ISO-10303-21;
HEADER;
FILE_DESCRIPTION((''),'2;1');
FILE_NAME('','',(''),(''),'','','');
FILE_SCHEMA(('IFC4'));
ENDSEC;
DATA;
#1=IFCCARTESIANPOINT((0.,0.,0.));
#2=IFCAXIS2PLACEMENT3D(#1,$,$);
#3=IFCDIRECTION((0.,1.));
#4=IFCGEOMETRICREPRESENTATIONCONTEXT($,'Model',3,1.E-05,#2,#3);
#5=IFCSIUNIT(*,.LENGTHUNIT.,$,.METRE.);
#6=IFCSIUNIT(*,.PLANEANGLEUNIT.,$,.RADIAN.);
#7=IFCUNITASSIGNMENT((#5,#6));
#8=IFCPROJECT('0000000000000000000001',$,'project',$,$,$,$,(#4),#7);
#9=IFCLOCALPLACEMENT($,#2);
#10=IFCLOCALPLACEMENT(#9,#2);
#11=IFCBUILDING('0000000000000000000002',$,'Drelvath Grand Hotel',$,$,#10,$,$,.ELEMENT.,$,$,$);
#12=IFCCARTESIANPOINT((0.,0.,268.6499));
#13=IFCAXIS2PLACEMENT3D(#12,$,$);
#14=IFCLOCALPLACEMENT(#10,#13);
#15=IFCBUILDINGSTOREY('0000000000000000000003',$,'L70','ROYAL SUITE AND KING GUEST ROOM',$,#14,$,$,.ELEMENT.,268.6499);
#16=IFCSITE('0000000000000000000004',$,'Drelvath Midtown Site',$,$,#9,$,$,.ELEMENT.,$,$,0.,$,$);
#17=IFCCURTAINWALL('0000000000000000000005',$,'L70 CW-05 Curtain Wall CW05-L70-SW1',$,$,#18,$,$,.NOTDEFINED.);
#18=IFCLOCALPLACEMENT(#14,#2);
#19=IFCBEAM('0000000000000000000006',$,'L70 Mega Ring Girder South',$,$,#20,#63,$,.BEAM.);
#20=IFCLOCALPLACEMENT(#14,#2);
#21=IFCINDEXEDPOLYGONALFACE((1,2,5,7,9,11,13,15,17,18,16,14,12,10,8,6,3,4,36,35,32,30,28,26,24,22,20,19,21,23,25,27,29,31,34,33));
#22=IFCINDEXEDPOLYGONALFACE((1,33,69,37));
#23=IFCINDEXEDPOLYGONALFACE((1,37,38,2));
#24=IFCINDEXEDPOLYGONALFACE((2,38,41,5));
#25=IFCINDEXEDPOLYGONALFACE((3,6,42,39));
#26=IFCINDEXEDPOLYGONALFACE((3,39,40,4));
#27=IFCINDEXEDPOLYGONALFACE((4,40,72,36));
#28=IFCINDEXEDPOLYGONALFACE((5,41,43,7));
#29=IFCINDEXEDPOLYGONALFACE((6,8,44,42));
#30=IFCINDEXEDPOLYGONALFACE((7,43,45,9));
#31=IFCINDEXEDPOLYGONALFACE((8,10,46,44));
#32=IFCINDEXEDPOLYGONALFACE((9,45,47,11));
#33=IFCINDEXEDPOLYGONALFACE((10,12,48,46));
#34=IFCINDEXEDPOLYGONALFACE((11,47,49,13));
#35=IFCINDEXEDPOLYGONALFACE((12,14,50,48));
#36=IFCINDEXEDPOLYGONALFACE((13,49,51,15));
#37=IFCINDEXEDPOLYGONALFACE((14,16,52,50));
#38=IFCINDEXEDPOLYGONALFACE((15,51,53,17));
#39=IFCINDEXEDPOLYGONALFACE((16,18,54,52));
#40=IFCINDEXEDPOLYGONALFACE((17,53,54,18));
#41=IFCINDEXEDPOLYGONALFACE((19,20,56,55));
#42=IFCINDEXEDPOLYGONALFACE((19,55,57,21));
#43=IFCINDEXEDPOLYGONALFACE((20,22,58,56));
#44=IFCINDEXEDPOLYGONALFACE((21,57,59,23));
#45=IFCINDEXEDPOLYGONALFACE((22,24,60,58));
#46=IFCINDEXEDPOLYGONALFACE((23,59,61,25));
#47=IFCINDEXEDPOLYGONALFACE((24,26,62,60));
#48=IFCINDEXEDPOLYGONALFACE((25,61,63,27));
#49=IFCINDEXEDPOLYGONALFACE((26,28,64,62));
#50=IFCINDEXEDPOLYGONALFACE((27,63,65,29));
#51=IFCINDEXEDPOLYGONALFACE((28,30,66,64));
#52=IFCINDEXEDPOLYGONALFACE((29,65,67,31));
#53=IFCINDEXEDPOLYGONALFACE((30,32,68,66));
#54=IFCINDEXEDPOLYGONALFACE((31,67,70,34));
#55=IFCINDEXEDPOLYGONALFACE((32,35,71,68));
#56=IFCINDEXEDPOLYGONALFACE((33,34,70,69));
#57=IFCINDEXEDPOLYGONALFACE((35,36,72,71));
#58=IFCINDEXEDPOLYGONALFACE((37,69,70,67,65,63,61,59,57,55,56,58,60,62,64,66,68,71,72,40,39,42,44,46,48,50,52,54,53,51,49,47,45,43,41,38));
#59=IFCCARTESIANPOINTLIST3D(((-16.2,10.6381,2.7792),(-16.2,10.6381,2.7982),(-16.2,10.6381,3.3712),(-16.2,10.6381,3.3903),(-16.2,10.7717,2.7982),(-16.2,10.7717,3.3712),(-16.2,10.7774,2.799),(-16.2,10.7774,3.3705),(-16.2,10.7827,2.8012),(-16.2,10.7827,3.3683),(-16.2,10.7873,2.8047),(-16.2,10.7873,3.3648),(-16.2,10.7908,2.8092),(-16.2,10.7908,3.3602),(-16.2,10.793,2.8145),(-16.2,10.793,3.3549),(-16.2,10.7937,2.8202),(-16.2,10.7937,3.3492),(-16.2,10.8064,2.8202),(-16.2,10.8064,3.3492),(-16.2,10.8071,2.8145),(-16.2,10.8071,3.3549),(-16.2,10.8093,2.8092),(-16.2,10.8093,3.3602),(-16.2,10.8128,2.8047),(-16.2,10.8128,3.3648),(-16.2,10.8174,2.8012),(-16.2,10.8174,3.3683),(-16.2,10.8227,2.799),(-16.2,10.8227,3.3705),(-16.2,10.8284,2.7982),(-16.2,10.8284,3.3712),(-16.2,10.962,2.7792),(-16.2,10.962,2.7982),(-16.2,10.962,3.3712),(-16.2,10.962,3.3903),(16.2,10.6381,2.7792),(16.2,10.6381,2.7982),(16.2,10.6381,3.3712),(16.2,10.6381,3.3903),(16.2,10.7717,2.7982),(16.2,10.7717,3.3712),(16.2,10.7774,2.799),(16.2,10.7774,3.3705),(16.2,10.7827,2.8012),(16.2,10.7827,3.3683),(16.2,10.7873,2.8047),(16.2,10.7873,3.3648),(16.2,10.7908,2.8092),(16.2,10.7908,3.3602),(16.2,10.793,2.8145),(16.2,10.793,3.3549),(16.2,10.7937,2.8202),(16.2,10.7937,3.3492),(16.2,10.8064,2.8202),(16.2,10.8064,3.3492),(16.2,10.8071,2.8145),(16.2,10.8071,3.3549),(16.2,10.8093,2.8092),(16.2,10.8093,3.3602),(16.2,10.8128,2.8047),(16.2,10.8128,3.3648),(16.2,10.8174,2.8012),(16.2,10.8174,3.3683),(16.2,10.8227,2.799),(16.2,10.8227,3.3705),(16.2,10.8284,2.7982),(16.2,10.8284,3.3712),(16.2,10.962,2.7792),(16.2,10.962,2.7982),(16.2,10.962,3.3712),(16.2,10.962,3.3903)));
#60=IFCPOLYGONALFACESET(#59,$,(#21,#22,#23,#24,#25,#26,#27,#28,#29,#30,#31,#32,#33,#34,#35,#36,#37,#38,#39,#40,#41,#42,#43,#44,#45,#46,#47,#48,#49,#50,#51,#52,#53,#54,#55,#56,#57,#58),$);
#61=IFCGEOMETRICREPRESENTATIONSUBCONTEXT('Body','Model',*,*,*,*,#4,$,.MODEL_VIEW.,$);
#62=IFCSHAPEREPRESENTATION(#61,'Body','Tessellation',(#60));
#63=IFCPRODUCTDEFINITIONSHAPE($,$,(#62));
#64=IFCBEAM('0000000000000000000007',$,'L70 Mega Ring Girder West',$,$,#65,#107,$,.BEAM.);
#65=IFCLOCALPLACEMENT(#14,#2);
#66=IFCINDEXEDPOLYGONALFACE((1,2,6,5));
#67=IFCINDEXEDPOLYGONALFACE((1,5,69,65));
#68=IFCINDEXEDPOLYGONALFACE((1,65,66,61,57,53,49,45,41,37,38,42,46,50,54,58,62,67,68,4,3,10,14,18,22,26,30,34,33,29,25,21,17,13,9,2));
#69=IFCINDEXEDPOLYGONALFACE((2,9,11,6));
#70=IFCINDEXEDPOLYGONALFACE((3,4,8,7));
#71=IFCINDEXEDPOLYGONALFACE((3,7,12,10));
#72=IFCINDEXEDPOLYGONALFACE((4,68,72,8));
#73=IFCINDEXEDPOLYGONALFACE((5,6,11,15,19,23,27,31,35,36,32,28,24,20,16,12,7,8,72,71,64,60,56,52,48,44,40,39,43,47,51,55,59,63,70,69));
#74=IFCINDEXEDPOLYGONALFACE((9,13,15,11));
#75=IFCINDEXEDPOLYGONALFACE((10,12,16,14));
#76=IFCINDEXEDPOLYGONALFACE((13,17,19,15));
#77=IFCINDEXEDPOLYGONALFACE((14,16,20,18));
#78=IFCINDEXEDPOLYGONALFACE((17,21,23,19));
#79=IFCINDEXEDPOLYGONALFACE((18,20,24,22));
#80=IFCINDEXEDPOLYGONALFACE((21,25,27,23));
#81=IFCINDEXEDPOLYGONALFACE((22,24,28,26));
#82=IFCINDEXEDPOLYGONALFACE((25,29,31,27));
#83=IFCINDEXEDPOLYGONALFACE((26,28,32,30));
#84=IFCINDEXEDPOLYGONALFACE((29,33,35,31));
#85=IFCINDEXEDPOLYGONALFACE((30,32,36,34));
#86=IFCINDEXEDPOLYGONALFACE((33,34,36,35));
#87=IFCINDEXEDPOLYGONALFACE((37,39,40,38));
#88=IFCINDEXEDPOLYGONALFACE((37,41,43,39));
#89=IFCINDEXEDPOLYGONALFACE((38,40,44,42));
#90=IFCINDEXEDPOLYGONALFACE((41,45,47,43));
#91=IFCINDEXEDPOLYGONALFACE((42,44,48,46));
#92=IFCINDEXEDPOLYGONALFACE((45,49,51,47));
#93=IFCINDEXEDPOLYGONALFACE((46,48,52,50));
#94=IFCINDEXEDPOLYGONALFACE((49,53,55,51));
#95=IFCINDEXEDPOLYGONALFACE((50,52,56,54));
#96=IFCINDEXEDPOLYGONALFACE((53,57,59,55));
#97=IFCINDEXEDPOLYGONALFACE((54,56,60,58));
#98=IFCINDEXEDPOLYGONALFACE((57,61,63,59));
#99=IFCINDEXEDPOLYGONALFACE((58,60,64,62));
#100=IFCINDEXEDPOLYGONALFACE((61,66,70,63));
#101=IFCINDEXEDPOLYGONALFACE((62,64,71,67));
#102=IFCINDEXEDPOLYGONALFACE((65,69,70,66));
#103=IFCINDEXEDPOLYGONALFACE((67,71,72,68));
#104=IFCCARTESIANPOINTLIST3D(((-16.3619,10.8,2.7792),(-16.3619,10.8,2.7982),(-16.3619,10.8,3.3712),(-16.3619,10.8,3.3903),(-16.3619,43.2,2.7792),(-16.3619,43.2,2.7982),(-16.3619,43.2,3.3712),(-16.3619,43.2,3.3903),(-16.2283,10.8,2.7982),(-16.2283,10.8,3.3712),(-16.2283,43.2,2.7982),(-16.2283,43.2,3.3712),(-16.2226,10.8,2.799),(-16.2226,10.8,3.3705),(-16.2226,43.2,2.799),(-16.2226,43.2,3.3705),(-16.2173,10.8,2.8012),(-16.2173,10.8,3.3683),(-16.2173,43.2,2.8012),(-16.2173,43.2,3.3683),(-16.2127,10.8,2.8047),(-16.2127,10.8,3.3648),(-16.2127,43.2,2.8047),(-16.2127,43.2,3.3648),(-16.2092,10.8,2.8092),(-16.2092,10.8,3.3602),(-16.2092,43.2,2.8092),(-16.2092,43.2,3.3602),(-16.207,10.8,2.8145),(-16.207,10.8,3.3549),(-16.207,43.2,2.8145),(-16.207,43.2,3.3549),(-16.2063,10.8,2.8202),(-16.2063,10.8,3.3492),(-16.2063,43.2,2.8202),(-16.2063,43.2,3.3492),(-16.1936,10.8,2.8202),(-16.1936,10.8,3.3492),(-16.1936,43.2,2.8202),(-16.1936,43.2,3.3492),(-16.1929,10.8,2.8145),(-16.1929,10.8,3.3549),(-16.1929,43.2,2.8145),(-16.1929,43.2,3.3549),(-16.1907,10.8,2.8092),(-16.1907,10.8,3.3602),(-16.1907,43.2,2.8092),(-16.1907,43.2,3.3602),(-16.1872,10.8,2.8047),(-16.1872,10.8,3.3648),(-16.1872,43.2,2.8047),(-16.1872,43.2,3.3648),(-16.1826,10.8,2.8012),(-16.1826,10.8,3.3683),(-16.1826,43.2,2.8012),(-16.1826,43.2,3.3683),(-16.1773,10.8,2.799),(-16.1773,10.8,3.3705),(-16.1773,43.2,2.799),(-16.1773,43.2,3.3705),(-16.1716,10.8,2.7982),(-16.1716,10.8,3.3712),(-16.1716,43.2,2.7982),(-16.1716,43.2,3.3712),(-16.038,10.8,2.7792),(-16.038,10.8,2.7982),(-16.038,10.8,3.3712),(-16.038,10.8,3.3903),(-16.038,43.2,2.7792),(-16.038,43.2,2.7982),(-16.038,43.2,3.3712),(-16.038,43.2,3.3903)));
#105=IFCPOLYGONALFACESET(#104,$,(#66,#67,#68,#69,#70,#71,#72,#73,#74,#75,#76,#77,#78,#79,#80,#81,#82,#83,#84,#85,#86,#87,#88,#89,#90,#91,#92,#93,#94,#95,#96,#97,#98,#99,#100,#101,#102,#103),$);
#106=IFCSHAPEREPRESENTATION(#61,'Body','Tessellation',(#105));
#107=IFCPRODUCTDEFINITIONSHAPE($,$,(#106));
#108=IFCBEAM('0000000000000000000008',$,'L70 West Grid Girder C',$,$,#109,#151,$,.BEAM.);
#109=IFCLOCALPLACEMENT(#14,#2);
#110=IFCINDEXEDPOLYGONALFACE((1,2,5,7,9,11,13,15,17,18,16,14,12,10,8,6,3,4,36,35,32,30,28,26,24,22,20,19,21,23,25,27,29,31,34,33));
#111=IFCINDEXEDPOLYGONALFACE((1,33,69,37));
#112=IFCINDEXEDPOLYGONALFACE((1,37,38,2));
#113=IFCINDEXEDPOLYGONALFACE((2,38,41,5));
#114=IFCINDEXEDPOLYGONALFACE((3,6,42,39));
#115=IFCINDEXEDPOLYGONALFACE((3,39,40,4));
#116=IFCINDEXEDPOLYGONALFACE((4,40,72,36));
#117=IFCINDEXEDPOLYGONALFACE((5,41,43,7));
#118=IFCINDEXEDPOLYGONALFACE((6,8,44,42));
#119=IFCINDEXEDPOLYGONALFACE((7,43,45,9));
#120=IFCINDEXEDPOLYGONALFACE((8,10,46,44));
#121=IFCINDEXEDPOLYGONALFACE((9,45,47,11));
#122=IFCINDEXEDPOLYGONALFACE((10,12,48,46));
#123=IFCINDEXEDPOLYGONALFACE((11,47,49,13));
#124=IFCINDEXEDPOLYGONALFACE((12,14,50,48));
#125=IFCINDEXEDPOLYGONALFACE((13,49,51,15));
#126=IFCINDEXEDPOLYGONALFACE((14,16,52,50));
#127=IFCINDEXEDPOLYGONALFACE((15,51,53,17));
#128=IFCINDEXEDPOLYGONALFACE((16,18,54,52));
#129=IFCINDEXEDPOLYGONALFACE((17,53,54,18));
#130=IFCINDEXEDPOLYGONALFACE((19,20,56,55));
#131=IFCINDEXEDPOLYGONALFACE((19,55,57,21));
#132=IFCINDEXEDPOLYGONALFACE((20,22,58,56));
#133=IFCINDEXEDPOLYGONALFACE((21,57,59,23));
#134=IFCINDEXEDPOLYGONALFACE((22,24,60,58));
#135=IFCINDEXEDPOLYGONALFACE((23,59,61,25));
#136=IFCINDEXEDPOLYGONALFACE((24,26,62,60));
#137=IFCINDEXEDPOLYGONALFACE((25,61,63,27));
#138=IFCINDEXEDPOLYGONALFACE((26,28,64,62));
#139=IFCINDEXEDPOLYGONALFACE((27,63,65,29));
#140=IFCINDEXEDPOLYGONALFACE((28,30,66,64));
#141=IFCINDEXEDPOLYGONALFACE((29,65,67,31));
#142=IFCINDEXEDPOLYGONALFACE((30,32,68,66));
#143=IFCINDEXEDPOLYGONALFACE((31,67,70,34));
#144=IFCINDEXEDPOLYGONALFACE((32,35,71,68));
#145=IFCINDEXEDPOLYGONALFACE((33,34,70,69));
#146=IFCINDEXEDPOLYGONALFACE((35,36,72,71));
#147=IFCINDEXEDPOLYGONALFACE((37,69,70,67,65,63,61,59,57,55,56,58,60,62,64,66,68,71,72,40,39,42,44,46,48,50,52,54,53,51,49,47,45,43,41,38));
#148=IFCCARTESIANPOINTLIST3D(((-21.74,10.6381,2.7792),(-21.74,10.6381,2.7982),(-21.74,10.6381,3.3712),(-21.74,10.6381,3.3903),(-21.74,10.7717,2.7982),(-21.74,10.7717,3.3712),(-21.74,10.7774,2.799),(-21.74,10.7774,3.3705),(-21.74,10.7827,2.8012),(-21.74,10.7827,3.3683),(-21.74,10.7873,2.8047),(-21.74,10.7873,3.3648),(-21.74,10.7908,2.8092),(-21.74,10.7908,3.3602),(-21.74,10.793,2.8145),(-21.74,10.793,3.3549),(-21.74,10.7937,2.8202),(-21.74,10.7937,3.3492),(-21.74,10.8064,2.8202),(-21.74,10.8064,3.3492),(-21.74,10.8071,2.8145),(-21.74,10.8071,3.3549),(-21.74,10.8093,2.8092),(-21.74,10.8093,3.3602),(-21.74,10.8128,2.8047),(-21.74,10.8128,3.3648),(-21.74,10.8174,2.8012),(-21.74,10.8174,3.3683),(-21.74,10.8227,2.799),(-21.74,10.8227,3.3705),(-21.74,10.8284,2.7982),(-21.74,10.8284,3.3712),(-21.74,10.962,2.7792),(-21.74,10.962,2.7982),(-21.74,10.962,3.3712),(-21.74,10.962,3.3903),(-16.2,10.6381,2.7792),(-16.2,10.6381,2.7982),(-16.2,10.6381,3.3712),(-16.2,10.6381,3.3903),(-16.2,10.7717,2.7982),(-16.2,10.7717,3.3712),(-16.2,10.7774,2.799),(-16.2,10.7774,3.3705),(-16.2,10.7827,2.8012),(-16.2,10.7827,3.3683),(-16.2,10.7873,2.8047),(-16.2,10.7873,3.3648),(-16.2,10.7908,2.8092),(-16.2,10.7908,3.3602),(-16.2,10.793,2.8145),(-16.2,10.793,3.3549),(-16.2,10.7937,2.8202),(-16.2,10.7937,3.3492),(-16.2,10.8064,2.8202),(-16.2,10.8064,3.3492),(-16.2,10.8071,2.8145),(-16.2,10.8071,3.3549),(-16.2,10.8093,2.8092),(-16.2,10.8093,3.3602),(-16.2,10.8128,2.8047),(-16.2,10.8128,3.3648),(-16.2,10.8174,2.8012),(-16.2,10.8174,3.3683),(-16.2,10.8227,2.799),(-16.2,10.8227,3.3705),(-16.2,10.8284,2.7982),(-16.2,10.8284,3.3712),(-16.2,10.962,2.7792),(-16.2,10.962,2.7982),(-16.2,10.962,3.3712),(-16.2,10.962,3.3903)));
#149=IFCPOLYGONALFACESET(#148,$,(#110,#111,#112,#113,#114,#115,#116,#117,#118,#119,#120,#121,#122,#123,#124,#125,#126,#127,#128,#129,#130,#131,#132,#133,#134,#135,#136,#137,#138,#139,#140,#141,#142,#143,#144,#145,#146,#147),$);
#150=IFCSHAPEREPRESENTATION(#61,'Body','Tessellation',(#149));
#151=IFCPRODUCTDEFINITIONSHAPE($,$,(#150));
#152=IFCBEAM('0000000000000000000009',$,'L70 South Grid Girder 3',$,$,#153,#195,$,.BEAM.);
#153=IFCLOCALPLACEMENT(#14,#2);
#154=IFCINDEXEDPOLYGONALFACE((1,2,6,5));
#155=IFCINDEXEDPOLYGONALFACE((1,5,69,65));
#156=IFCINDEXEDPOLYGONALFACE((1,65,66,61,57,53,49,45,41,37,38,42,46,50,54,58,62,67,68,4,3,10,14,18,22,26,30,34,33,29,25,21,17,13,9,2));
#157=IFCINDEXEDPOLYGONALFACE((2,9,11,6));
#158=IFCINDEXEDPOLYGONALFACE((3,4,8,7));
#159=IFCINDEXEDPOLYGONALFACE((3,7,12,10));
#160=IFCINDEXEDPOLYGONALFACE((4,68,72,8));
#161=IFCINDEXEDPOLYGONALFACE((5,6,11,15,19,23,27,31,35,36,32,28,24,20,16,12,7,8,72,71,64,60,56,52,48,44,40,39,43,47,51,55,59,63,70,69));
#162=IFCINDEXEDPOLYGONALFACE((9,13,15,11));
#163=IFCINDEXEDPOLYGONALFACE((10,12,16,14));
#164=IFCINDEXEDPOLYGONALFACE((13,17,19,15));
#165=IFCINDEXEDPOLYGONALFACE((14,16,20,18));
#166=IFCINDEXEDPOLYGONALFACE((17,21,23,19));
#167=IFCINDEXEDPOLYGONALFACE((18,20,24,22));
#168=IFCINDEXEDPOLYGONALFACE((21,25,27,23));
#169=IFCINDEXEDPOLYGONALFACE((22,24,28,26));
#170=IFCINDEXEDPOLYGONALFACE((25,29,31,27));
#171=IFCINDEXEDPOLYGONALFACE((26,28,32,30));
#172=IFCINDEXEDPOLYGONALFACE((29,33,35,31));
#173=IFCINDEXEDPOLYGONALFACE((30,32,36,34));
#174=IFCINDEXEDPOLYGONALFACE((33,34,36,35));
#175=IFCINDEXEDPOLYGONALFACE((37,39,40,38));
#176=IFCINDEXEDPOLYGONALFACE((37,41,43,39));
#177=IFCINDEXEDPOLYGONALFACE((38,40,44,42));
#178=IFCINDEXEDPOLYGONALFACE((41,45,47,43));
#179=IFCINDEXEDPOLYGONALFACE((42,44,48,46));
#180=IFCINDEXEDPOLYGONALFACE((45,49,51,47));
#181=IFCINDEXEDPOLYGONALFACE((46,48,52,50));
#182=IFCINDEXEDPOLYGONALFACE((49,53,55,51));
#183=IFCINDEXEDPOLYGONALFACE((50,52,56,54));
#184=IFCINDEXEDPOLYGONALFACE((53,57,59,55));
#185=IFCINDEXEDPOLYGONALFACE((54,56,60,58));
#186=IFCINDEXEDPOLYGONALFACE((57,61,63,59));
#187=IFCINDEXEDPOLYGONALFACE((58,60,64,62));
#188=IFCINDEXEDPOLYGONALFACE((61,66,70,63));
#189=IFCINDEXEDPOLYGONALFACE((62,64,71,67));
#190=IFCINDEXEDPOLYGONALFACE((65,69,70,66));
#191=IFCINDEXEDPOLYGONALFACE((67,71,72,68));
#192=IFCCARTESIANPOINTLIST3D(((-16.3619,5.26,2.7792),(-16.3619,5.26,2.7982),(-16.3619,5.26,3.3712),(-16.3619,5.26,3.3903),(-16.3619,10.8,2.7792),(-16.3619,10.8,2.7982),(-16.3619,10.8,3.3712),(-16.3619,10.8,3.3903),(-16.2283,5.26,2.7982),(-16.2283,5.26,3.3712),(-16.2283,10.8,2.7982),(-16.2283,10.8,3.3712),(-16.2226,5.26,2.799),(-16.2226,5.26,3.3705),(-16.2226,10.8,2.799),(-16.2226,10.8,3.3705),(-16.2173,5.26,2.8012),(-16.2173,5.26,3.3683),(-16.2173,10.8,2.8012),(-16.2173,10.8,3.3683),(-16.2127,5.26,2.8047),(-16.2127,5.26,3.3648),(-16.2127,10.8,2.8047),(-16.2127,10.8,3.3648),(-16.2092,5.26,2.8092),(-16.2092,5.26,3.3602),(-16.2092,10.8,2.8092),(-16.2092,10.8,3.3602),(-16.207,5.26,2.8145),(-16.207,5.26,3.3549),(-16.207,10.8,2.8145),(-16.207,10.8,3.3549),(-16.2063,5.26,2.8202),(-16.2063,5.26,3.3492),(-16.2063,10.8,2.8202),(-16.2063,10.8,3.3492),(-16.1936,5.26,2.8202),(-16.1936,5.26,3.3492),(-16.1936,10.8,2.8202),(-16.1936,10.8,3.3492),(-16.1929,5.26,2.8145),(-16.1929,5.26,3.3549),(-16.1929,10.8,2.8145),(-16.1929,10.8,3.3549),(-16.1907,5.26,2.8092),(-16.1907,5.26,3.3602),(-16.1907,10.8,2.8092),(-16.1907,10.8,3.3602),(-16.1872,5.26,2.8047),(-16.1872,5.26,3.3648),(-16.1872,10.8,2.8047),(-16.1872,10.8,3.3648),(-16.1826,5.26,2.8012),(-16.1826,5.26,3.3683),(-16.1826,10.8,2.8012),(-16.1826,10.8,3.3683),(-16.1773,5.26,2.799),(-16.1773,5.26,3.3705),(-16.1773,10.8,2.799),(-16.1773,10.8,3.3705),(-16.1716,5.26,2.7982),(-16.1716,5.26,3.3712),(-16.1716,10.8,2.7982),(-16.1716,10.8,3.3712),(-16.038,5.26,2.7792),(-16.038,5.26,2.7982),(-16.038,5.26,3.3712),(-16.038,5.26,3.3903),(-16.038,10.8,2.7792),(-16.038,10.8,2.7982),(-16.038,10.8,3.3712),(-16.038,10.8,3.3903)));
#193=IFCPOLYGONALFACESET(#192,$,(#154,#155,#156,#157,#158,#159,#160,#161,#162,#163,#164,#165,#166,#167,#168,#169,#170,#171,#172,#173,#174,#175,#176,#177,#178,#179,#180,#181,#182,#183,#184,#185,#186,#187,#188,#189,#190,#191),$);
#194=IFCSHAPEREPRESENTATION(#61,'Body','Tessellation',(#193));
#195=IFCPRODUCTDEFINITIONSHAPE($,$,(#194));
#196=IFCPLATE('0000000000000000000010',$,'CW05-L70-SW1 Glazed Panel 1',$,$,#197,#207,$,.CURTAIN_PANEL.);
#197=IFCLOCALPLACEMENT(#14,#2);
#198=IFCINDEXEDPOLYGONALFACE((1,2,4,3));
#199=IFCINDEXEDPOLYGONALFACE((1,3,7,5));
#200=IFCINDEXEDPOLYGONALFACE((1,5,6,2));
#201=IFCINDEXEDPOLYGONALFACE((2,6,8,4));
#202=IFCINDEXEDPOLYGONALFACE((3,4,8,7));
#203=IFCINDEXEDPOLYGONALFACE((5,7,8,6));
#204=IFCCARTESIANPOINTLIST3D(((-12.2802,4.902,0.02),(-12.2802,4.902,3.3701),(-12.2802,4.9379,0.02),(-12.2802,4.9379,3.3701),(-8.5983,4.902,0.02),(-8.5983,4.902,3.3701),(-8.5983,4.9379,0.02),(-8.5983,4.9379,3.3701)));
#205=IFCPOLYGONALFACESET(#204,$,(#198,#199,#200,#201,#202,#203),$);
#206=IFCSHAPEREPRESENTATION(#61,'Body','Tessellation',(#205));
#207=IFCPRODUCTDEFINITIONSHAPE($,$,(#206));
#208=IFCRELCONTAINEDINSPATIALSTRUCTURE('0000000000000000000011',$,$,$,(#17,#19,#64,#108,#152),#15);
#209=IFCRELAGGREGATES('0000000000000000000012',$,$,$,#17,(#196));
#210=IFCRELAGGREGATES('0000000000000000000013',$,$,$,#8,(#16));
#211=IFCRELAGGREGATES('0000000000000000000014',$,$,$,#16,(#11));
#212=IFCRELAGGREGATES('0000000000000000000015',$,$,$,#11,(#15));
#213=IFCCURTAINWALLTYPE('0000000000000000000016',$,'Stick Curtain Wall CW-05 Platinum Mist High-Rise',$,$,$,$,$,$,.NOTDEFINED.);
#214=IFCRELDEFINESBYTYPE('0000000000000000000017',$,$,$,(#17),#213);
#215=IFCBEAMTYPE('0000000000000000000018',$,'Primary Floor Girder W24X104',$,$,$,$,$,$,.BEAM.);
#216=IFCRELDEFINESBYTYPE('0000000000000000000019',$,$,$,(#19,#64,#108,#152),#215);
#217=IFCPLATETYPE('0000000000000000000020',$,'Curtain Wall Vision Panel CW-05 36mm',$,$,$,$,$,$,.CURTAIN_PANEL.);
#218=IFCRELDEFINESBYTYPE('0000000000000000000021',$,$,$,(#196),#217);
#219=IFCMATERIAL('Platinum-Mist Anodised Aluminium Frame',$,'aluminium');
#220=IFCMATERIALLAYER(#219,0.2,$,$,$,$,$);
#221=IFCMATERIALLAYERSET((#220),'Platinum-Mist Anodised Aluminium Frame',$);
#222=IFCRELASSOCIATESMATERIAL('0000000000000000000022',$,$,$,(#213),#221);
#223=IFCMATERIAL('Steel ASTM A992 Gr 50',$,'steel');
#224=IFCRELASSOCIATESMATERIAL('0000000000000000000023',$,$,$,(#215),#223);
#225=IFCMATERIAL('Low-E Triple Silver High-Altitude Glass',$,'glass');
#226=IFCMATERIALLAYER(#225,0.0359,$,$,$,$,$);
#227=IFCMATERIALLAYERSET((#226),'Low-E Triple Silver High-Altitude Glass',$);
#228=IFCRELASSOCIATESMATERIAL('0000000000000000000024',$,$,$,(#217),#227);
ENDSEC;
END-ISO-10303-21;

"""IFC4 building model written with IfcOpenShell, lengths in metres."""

from ifc_helpers import new_model, si_unit, direction, frame, origin, origin_2d, place, context, subcontext, project, spatial, rectangle, i_section, extrude, material, layer, layer_set, material_profile, profile_set, type_object, element, aggregate, save


model = new_model("IFC4")

# Units and contexts
model_context = context("Model", 3, precision=1e-05, world=origin(), true_north=direction((0.0, 1.0)))
body_context = subcontext(model_context, "Body", "Model", "MODEL_VIEW")
ifc_project = project(units=[si_unit("LENGTHUNIT", "METRE"), si_unit("PLANEANGLEUNIT", "RADIAN")], contexts=[model_context])

# Site, building, storey
site_placement = place(None, origin())
site = spatial("IfcSite", under=ifc_project, at=site_placement, Name="Drelvath Midtown Site", CompositionType="ELEMENT", RefElevation=0.0)
building_placement = place(site_placement, origin())
building = spatial("IfcBuilding", under=site, at=building_placement, Name="Drelvath Grand Hotel", CompositionType="ELEMENT")
storey_placement = place(building_placement, frame((0.0, 0.0, 268.6499)))
storey = spatial("IfcBuildingStorey", under=building, at=storey_placement, Name="L70", Description="ROYAL SUITE AND KING GUEST ROOM", CompositionType="ELEMENT", Elevation=268.6499)

# Shared definitions
ifc_material_1 = material(Name="Steel ASTM A992 Gr 50", Category="steel")

# Curtain wall
ifc_material_2 = material(Name="Platinum-Mist Anodised Aluminium Frame", Category="aluminium")
ifc_layer_1 = layer(ifc_material_2, 0.2)
ifc_layer_set_1 = layer_set([ifc_layer_1], Name="Platinum-Mist Anodised Aluminium Frame")
curtain_wall_type = type_object("IfcCurtainWallType", Name="Stick Curtain Wall CW-05 Platinum Mist High-Rise", PredefinedType="NOTDEFINED", material=ifc_layer_set_1)
curtain_wall_1_placement = place(storey_placement, origin())
curtain_wall_1 = element("IfcCurtainWall", 1, at=curtain_wall_1_placement, inside=storey, type_object=curtain_wall_type, Name="L70 CW-05 Curtain Wall CW05-L70-SW1", PredefinedType="NOTDEFINED")

# Beams
ifc_material_profile_1 = material_profile(ifc_material_1, i_section(OverallWidth=0.324, OverallDepth=0.6111, WebThickness=0.0127, FlangeThickness=0.019, FilletRadius=0.022, at=origin_2d()), Name="W24X104")
ifc_profile_set_1 = profile_set([ifc_material_profile_1], Name="Steel ASTM A992 Gr 50")
beam_type_1 = type_object("IfcBeamType", Name="Primary Floor Girder W24X104", PredefinedType="BEAM", material=ifc_profile_set_1)
for number, where, z_axis, x_axis, name in (
    (2, (-16.2, 10.8, 3.0847), (1.0, 0.0, 0.0), (0.0, 1.0, 0.0), "L70 Mega Ring Girder South"),
    (3, (-16.2, 10.8, 3.0847), (0.0, 1.0, 0.0), (-1.0, 0.0, 0.0), "L70 Mega Ring Girder West"),
):
    element("IfcBeam", number, at=place(storey_placement, frame(where, z_axis=z_axis, x_axis=x_axis)), inside=storey, type_object=beam_type_1, Name=name, PredefinedType="BEAM", context=body_context, shape_type="SweptSolid", body=[
        extrude(i_section(OverallWidth=0.324, OverallDepth=0.6111, WebThickness=0.0127, FlangeThickness=0.019, FilletRadius=0.022, at=origin_2d()), origin(), (0.0, 0.0, 1.0), 32.3999),
    ])
for number, where, z_axis, x_axis, name in (
    (4, (-21.74, 10.8, 3.0847), (1.0, 0.0, 0.0), (0.0, 1.0, 0.0), "L70 West Grid Girder C"),
    (5, (-16.2, 5.26, 3.0847), (0.0, 1.0, 0.0), (-1.0, 0.0, 0.0), "L70 South Grid Girder 3"),
):
    element("IfcBeam", number, at=place(storey_placement, frame(where, z_axis=z_axis, x_axis=x_axis)), inside=storey, type_object=beam_type_1, Name=name, PredefinedType="BEAM", context=body_context, shape_type="SweptSolid", body=[
        extrude(i_section(OverallWidth=0.324, OverallDepth=0.6111, WebThickness=0.0127, FlangeThickness=0.019, FilletRadius=0.022, at=origin_2d()), origin(), (0.0, 0.0, 1.0), 5.54),
    ])

# Plate
ifc_material_3 = material(Name="Low-E Triple Silver High-Altitude Glass", Category="glass")
ifc_layer_2 = layer(ifc_material_3, 0.0359)
ifc_layer_set_2 = layer_set([ifc_layer_2], Name="Low-E Triple Silver High-Altitude Glass")
plate_type = type_object("IfcPlateType", Name="Curtain Wall Vision Panel CW-05 36mm", PredefinedType="CURTAIN_PANEL", material=ifc_layer_set_2)
plate_1_placement = place(storey_placement, frame((-10.4392, 4.9199, 0.02), z_axis=(0.0, 0.0, 1.0), x_axis=(-1.0, 0.0, 0.0)))
plate_1 = element("IfcPlate", 6, at=plate_1_placement, type_object=plate_type, Name="CW05-L70-SW1 Glazed Panel 1", PredefinedType="CURTAIN_PANEL", context=body_context, shape_type="SweptSolid", body=[
    extrude(rectangle(XDim=3.6819, YDim=0.0359, at=origin_2d()), origin(), (0.0, 0.0, 1.0), 3.3501),
])
aggregate(curtain_wall_1, [plate_1])

save(model, "model.ifc")
